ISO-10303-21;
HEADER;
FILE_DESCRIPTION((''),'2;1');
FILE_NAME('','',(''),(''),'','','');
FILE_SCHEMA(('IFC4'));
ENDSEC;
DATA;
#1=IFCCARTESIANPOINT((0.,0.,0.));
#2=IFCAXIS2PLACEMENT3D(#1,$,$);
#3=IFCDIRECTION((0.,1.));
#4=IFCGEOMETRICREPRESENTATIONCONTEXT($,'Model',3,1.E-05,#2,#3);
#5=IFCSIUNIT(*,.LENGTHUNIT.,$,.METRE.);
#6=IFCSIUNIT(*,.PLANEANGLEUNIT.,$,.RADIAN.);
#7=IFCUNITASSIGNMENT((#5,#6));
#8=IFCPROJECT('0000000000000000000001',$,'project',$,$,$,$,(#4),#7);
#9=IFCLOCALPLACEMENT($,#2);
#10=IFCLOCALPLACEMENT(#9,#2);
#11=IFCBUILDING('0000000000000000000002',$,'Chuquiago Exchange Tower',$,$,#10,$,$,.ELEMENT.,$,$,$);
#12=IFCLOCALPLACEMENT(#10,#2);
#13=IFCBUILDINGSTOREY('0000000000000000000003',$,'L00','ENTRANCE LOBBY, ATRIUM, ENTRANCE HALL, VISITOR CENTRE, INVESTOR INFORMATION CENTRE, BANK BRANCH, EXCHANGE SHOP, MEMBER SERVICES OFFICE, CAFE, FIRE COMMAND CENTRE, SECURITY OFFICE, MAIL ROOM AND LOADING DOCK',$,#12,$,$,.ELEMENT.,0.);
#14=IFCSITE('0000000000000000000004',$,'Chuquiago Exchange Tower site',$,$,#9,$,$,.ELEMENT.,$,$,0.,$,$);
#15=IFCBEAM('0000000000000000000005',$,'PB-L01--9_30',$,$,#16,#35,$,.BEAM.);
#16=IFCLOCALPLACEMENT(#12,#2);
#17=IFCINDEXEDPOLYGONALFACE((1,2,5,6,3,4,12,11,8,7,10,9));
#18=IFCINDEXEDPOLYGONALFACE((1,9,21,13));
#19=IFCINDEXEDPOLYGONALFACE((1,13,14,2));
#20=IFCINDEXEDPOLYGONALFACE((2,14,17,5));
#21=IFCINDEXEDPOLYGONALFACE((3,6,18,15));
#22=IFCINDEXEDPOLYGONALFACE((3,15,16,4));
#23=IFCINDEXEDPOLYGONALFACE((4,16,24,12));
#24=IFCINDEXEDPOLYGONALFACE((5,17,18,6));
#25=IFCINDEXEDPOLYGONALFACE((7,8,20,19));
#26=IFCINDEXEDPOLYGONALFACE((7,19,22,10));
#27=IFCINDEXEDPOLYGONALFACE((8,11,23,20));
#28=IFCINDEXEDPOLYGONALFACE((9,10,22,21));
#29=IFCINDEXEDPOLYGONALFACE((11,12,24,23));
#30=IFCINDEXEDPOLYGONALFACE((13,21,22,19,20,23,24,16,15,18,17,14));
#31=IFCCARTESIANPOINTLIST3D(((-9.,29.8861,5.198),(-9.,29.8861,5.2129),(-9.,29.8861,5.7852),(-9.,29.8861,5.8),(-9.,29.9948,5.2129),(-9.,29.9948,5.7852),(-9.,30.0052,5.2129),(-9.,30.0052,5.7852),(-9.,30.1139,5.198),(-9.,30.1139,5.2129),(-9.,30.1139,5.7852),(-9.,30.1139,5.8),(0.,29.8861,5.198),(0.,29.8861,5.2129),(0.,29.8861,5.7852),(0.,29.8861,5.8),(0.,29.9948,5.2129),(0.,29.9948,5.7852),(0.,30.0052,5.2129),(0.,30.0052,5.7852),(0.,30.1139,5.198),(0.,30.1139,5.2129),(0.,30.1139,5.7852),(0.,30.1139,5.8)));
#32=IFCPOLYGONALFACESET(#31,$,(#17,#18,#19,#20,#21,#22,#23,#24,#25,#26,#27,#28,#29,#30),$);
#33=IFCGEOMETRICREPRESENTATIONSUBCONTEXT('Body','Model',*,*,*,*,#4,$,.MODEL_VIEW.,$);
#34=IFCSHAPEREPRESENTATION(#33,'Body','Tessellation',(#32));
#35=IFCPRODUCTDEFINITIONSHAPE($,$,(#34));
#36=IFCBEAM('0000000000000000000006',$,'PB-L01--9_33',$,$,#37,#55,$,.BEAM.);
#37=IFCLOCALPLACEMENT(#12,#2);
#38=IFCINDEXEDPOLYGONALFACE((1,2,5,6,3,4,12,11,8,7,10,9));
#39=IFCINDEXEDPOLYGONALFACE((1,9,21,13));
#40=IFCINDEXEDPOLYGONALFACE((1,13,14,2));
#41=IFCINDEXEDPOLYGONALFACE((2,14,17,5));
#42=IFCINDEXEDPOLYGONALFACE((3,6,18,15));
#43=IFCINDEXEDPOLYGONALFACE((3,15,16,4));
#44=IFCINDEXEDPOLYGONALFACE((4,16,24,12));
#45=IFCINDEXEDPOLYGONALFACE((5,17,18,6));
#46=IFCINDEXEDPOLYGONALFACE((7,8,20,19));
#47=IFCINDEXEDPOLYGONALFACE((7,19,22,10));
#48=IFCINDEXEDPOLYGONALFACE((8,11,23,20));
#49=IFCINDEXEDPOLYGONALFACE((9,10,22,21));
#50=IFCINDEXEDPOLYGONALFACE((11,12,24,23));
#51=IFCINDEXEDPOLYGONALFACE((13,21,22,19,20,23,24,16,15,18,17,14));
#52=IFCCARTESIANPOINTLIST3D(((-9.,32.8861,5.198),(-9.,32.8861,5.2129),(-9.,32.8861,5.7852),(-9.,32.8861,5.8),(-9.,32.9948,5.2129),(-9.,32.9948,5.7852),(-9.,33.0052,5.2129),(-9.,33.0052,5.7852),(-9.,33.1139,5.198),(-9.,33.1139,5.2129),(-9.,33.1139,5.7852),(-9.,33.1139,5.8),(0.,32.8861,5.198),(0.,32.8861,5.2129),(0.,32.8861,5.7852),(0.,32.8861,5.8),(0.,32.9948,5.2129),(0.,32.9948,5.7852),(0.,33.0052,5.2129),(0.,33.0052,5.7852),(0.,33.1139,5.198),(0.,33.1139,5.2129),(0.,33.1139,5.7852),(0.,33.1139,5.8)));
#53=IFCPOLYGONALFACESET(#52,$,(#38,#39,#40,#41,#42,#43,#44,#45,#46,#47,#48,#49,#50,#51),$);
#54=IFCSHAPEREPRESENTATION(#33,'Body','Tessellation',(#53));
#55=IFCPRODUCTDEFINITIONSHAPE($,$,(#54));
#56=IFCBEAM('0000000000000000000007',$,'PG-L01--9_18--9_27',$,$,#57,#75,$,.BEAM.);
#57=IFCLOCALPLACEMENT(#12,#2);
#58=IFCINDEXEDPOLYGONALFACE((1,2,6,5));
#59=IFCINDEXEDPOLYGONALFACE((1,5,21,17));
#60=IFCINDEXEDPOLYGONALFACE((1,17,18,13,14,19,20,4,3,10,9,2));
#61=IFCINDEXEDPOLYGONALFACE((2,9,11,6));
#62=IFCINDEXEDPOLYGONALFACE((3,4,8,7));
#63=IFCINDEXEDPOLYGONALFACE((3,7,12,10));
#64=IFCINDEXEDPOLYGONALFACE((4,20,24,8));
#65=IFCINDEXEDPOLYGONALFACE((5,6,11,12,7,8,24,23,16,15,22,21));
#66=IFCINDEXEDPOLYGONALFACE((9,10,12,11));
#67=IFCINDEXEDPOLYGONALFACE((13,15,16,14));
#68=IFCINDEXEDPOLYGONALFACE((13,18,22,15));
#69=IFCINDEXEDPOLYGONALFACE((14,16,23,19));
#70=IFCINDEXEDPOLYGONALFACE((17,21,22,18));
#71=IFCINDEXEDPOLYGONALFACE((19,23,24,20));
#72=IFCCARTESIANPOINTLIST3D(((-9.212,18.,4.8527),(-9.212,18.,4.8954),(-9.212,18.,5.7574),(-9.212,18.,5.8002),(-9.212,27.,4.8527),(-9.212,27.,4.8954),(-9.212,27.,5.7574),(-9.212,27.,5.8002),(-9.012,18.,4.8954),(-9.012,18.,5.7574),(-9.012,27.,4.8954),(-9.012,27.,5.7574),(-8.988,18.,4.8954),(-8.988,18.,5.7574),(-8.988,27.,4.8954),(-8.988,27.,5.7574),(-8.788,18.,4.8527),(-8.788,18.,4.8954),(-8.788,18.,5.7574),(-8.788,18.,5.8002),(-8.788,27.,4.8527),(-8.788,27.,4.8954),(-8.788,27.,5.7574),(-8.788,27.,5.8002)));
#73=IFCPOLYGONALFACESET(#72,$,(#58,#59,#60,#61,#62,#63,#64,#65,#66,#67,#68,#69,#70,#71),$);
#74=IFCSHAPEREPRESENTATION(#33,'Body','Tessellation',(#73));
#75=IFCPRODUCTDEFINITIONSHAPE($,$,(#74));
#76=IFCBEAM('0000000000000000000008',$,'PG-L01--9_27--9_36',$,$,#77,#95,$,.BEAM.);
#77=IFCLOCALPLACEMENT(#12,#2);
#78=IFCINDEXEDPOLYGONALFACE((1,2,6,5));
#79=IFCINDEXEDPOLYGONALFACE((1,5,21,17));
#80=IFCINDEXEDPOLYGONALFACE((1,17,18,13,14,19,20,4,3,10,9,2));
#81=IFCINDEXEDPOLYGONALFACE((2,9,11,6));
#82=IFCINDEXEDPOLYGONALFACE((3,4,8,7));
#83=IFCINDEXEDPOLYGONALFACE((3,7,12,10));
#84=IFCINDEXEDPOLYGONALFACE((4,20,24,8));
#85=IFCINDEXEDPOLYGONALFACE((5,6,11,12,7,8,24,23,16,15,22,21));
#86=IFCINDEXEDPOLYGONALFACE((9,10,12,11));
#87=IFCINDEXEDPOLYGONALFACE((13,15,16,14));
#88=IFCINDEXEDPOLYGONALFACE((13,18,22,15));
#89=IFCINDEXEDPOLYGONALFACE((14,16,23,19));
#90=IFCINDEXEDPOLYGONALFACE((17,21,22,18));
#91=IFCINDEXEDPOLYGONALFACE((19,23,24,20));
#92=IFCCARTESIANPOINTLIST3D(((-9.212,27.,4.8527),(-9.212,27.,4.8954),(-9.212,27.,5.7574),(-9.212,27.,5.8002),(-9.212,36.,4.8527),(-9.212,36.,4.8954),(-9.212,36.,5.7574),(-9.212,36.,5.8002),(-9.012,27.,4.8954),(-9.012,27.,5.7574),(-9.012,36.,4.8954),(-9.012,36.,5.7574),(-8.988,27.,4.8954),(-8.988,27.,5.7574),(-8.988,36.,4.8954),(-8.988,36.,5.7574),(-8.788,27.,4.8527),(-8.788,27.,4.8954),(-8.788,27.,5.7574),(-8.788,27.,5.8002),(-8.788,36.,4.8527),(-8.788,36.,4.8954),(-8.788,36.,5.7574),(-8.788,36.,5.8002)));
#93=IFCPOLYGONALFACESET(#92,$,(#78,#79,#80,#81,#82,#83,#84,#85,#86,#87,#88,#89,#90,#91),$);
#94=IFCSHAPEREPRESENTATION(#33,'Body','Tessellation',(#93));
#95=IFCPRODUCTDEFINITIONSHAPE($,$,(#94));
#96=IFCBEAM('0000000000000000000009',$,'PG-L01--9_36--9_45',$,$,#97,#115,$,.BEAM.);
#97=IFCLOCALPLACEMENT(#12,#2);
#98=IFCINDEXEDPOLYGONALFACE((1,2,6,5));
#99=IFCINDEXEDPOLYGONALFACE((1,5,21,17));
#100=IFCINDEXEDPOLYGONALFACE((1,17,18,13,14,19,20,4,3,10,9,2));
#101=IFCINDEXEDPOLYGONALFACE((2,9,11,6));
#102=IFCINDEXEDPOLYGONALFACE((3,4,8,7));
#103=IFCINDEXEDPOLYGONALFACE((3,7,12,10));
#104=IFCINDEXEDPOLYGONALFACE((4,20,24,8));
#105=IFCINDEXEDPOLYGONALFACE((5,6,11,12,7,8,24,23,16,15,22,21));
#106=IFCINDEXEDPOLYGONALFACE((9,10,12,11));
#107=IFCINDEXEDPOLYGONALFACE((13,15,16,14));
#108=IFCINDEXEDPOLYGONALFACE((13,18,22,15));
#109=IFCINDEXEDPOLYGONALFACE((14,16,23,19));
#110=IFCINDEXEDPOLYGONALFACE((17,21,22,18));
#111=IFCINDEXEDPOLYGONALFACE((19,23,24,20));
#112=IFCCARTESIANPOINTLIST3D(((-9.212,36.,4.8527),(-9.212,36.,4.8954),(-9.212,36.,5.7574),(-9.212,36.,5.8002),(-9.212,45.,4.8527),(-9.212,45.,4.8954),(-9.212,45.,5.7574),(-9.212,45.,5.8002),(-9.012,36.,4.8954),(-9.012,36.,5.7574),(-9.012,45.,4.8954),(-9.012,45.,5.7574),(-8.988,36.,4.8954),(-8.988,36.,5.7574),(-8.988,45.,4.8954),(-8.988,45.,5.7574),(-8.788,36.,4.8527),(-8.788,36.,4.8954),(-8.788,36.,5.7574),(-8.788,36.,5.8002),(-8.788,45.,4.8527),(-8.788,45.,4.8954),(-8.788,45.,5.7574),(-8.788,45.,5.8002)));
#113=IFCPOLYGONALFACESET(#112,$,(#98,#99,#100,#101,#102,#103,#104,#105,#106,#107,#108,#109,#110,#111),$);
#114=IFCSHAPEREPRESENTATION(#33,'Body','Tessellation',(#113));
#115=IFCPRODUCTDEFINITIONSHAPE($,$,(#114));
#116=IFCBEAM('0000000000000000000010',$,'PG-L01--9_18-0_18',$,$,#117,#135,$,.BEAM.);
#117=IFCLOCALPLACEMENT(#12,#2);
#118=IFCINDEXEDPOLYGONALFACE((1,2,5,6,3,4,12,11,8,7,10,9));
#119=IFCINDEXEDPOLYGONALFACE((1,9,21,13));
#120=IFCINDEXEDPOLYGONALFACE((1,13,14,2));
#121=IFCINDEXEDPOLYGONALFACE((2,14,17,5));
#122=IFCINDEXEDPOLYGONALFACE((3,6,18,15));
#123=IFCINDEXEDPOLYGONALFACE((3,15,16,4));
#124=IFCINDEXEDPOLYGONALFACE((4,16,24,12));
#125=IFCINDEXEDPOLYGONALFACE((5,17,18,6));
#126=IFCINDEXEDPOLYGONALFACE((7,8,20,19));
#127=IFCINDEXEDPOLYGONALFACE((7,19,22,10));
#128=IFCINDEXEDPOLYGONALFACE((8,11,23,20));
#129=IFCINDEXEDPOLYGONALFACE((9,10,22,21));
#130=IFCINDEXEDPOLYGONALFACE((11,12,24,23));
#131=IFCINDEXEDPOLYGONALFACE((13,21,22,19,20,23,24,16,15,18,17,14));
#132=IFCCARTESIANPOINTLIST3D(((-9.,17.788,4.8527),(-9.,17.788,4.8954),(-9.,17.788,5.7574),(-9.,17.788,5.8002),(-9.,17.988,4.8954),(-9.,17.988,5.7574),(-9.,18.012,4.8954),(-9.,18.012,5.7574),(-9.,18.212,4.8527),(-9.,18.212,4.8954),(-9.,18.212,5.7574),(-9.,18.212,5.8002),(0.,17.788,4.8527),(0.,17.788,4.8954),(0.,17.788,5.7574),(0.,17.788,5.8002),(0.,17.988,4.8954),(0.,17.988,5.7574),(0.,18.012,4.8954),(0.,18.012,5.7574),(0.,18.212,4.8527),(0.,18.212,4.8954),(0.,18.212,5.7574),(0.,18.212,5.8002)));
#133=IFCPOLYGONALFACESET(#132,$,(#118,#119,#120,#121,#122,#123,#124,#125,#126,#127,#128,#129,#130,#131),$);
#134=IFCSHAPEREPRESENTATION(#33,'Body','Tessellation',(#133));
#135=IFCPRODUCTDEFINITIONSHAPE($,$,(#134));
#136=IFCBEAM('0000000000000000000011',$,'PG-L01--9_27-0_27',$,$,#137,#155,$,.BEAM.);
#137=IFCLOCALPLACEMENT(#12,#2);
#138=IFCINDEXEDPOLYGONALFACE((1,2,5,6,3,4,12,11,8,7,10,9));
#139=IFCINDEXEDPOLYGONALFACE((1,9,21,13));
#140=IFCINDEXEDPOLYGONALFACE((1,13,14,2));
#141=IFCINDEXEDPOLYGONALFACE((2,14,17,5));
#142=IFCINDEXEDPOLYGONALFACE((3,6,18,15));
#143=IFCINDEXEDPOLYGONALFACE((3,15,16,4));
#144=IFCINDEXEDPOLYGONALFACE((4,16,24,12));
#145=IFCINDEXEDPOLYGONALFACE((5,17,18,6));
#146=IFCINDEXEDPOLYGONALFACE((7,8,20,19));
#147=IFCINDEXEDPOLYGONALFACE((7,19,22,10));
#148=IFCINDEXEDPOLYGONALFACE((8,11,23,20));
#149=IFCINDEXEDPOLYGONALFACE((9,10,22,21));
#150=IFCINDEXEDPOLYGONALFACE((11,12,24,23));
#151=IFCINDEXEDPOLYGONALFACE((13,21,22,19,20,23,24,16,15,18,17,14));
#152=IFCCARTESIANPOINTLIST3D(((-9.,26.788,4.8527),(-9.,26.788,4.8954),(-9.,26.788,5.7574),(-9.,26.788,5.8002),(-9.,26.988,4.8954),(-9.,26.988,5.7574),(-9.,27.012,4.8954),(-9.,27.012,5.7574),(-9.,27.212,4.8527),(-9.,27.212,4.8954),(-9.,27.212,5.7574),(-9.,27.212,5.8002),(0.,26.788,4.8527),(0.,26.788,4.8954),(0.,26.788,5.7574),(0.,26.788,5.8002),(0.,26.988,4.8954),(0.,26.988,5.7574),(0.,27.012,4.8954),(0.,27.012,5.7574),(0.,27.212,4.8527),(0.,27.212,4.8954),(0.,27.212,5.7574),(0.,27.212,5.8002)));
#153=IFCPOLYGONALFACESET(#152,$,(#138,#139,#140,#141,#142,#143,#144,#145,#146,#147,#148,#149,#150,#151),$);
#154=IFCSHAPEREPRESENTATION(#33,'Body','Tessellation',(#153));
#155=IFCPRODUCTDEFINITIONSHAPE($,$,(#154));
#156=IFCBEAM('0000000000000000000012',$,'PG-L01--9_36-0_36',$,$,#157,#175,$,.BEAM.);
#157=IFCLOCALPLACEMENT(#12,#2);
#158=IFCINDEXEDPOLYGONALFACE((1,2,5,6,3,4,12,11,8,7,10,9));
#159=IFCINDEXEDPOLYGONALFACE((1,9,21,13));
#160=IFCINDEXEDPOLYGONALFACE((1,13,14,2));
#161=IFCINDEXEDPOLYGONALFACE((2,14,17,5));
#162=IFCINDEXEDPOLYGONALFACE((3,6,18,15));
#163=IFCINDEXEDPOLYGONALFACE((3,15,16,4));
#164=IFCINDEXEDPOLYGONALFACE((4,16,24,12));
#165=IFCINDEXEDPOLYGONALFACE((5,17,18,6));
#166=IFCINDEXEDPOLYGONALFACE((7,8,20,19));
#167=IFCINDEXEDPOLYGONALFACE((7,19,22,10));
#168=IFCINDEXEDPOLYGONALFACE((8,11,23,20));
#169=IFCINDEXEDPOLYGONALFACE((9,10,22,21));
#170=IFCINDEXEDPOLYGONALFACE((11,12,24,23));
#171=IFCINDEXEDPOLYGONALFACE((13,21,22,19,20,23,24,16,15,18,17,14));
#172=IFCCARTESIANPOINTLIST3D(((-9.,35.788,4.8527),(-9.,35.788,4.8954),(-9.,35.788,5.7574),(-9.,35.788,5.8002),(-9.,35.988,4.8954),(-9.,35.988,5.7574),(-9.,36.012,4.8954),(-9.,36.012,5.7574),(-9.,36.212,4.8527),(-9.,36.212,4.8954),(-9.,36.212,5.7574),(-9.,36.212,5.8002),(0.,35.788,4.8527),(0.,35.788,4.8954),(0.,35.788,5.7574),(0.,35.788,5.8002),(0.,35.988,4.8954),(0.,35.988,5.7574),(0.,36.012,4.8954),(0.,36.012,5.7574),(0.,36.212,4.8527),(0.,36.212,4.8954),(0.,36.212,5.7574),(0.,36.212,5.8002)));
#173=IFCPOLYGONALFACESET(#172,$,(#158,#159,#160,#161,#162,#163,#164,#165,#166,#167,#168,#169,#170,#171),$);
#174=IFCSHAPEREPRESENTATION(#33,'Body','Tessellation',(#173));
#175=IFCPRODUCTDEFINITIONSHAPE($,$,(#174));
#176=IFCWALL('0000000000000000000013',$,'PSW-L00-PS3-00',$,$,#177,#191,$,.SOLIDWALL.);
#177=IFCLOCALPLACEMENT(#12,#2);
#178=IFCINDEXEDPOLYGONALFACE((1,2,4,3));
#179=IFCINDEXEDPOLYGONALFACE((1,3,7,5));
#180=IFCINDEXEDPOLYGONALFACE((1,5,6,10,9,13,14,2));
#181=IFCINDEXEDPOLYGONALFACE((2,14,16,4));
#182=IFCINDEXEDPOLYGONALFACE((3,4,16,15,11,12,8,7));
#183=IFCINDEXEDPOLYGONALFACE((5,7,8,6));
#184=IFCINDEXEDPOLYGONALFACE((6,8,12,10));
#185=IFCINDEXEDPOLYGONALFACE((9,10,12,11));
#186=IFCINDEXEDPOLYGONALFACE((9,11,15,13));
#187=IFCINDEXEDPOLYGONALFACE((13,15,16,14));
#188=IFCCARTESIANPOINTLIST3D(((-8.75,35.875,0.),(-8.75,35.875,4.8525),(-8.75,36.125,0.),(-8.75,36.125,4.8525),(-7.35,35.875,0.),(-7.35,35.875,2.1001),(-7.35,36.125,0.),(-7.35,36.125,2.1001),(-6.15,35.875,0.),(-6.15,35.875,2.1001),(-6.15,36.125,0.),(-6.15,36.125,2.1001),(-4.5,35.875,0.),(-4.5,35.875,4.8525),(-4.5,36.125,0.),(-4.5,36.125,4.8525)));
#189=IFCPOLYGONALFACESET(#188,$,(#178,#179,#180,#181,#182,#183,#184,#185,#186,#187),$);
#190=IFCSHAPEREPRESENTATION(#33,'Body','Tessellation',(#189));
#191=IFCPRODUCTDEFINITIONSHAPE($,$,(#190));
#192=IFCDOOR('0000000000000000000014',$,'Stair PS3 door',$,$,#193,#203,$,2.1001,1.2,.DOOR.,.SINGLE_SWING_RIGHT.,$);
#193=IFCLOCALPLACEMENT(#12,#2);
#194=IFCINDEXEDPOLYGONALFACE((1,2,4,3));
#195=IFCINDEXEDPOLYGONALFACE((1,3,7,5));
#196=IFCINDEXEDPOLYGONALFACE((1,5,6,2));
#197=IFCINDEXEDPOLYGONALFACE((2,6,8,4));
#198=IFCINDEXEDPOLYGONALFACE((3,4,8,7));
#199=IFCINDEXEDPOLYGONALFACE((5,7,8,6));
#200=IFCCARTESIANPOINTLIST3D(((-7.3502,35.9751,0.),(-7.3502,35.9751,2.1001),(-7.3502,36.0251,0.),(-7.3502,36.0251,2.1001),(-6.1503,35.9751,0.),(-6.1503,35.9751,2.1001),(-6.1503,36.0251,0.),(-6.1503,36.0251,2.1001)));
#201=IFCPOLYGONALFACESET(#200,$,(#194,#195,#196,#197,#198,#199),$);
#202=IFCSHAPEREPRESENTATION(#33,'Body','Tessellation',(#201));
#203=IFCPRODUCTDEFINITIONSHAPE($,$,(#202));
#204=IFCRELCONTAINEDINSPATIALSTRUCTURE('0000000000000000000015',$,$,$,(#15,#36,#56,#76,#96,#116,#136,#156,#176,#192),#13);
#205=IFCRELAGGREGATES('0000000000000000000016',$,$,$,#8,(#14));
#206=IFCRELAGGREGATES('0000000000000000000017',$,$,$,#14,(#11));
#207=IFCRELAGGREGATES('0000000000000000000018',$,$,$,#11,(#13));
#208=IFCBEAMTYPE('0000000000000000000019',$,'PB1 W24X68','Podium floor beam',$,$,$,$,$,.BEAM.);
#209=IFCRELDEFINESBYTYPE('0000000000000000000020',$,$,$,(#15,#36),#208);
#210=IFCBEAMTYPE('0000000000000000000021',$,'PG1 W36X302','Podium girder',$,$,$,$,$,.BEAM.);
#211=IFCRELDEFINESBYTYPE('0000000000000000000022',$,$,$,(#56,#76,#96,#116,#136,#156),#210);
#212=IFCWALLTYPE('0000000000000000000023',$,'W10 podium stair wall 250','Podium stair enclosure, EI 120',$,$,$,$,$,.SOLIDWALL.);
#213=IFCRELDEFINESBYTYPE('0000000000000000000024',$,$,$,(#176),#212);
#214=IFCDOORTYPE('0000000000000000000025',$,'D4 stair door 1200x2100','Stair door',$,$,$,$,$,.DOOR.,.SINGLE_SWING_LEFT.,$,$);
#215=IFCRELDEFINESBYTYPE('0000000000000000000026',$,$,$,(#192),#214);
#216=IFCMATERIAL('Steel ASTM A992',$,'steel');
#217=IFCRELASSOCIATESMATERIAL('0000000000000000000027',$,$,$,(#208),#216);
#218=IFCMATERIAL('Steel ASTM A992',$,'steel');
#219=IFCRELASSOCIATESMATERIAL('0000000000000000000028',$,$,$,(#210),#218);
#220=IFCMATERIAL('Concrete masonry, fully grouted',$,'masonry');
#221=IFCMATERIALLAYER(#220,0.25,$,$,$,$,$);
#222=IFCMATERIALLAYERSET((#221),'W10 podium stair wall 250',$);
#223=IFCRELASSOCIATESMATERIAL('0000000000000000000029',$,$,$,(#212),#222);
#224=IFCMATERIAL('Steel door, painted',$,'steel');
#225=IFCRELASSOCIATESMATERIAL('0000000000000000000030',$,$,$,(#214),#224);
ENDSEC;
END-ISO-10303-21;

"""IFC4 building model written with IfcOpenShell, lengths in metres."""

from ifc_helpers import new_model, si_unit, direction, frame, frame_2d, origin, origin_2d, place, context, subcontext, project, spatial, rectangle, i_section, extrude, material, layer, layer_set, material_profile, profile_set, type_object, element, fill, save


model = new_model("IFC4")

# Units and contexts
model_context = context("Model", 3, precision=1e-05, world=origin(), true_north=direction((0.0, 1.0)))
body_context = subcontext(model_context, "Body", "Model", "MODEL_VIEW")
ifc_project = project(units=[si_unit("LENGTHUNIT", "METRE"), si_unit("PLANEANGLEUNIT", "RADIAN")], contexts=[model_context])

# Site, building, storey
site_placement = place(None, origin())
site = spatial("IfcSite", under=ifc_project, at=site_placement, Name="Chuquiago Exchange Tower site", CompositionType="ELEMENT", RefElevation=0.0)
building_placement = place(site_placement, origin())
building = spatial("IfcBuilding", under=site, at=building_placement, Name="Chuquiago Exchange Tower", CompositionType="ELEMENT")
storey_placement = place(building_placement, origin())
storey = spatial("IfcBuildingStorey", under=building, at=storey_placement, Name="L00", Description="ENTRANCE LOBBY, ATRIUM, ENTRANCE HALL, VISITOR CENTRE, INVESTOR INFORMATION CENTRE, BANK BRANCH, EXCHANGE SHOP, MEMBER SERVICES OFFICE, CAFE, FIRE COMMAND CENTRE, SECURITY OFFICE, MAIL ROOM AND LOADING DOCK", CompositionType="ELEMENT", Elevation=0.0)

# Beams
ifc_material_1 = material(Name="Steel ASTM A992", Category="steel")
ifc_material_profile_1 = material_profile(ifc_material_1, i_section(OverallWidth=0.2278, OverallDepth=0.6021, WebThickness=0.0105, FlangeThickness=0.0149, at=origin_2d()), Name="W24X68")
ifc_profile_set_1 = profile_set([ifc_material_profile_1], Name="Steel ASTM A992")
beam_type_1 = type_object("IfcBeamType", Name="PB1 W24X68", Description="Podium floor beam", PredefinedType="BEAM", material=ifc_profile_set_1)
for number, where, z_axis, x_axis, name in (
    (1, (-9.0, 30.0, 5.499), (1.0, 0.0, 0.0), (0.0, 1.0, 0.0), "PB-L01--9_30"),
    (2, (-9.0, 33.0, 5.499), (1.0, 0.0, 0.0), (0.0, 1.0, 0.0), "PB-L01--9_33"),
):
    element("IfcBeam", number, at=place(storey_placement, frame(where, z_axis=z_axis, x_axis=x_axis)), inside=storey, type_object=beam_type_1, Name=name, PredefinedType="BEAM", context=body_context, shape_type="SweptSolid", body=[
        extrude(i_section(OverallWidth=0.2278, OverallDepth=0.6021, WebThickness=0.0105, FlangeThickness=0.0149, at=origin_2d()), origin(), (0.0, 0.0, 1.0), 9.0),
    ])
ifc_material_2 = material(Name="Steel ASTM A992", Category="steel")
ifc_material_profile_2 = material_profile(ifc_material_2, i_section(OverallWidth=0.4241, OverallDepth=0.9475, WebThickness=0.0239, FlangeThickness=0.0427, at=origin_2d()), Name="W36X302")
ifc_profile_set_2 = profile_set([ifc_material_profile_2], Name="Steel ASTM A992")
beam_type_2 = type_object("IfcBeamType", Name="PG1 W36X302", Description="Podium girder", PredefinedType="BEAM", material=ifc_profile_set_2)
for number, where, z_axis, x_axis, name in (
    (3, (-9.0, 18.0, 5.3264), (0.0, 1.0, 0.0), (-1.0, 0.0, 0.0), "PG-L01--9_18--9_27"),
    (4, (-9.0, 27.0, 5.3264), (0.0, 1.0, 0.0), (-1.0, 0.0, 0.0), "PG-L01--9_27--9_36"),
    (5, (-9.0, 36.0, 5.3264), (0.0, 1.0, 0.0), (-1.0, 0.0, 0.0), "PG-L01--9_36--9_45"),
    (6, (-9.0, 18.0, 5.3264), (1.0, 0.0, 0.0), (0.0, 1.0, 0.0), "PG-L01--9_18-0_18"),
    (7, (-9.0, 27.0, 5.3264), (1.0, 0.0, 0.0), (0.0, 1.0, 0.0), "PG-L01--9_27-0_27"),
    (8, (-9.0, 36.0, 5.3264), (1.0, 0.0, 0.0), (0.0, 1.0, 0.0), "PG-L01--9_36-0_36"),
):
    element("IfcBeam", number, at=place(storey_placement, frame(where, z_axis=z_axis, x_axis=x_axis)), inside=storey, type_object=beam_type_2, Name=name, PredefinedType="BEAM", context=body_context, shape_type="SweptSolid", body=[
        extrude(i_section(OverallWidth=0.4241, OverallDepth=0.9475, WebThickness=0.0239, FlangeThickness=0.0427, at=origin_2d()), origin(), (0.0, 0.0, 1.0), 9.0),
    ])

# Wall, opening, door
ifc_material_3 = material(Name="Concrete masonry, fully grouted", Category="masonry")
ifc_layer_1 = layer(ifc_material_3, 0.25)
ifc_layer_set_1 = layer_set([ifc_layer_1], Name="W10 podium stair wall 250")
wall_type_1 = type_object("IfcWallType", Name="W10 podium stair wall 250", Description="Podium stair enclosure, EI 120", PredefinedType="SOLIDWALL", material=ifc_layer_set_1)
wall_1_placement = place(storey_placement, frame((-8.75, 36.0, 0.0), z_axis=(0.0, 0.0, 1.0), x_axis=(1.0, 0.0, 0.0)))
wall_1 = element("IfcWall", 9, at=wall_1_placement, inside=storey, type_object=wall_type_1, Name="PSW-L00-PS3-00", PredefinedType="SOLIDWALL", context=body_context, shape_type="SweptSolid", body=[
    extrude(rectangle(XDim=4.25, YDim=0.25, at=frame_2d((2.125, 0.0))), origin(), (0.0, 0.0, 1.0), 4.8525),
])
opening_placement = place(wall_1_placement, frame((1.3999, 0.0, 0.0)))
opening = element("IfcOpeningElement", 10, at=opening_placement, cuts=wall_1, PredefinedType="OPENING", context=body_context, shape_type="SweptSolid", body=[
    extrude(rectangle(XDim=1.2, YDim=2.1001, at=frame_2d((0.6001, 1.05))), frame((0.0, 0.135, 0.0), z_axis=(0.0, -1.0, 0.0), x_axis=(1.0, 0.0, 0.0)), (0.0, 0.0, 1.0), 0.27),
])
ifc_material_4 = material(Name="Steel door, painted", Category="steel")
door_type = type_object("IfcDoorType", Name="D4 stair door 1200x2100", Description="Stair door", OperationType="SINGLE_SWING_LEFT", PredefinedType="DOOR", material=ifc_material_4)
door_placement = place(opening_placement, frame((1.2, 0.0, 0.0), z_axis=(0.0, 0.0, 1.0), x_axis=(-1.0, 0.0, 0.0)))
door = element("IfcDoor", 11, at=door_placement, inside=storey, type_object=door_type, Name="Stair PS3 door", OperationType="SINGLE_SWING_RIGHT", OverallHeight=2.1001, OverallWidth=1.2, PredefinedType="DOOR", context=body_context, shape_type="SweptSolid", body=[
    extrude(rectangle(XDim=1.2, YDim=2.1001, at=frame_2d((0.6001, 1.05))), frame((0.0, 0.0249, 0.0), z_axis=(0.0, -1.0, 0.0), x_axis=(1.0, 0.0, 0.0)), (0.0, 0.0, 1.0), 0.05),
])
fill(opening, door)

save(model, "model.ifc")
